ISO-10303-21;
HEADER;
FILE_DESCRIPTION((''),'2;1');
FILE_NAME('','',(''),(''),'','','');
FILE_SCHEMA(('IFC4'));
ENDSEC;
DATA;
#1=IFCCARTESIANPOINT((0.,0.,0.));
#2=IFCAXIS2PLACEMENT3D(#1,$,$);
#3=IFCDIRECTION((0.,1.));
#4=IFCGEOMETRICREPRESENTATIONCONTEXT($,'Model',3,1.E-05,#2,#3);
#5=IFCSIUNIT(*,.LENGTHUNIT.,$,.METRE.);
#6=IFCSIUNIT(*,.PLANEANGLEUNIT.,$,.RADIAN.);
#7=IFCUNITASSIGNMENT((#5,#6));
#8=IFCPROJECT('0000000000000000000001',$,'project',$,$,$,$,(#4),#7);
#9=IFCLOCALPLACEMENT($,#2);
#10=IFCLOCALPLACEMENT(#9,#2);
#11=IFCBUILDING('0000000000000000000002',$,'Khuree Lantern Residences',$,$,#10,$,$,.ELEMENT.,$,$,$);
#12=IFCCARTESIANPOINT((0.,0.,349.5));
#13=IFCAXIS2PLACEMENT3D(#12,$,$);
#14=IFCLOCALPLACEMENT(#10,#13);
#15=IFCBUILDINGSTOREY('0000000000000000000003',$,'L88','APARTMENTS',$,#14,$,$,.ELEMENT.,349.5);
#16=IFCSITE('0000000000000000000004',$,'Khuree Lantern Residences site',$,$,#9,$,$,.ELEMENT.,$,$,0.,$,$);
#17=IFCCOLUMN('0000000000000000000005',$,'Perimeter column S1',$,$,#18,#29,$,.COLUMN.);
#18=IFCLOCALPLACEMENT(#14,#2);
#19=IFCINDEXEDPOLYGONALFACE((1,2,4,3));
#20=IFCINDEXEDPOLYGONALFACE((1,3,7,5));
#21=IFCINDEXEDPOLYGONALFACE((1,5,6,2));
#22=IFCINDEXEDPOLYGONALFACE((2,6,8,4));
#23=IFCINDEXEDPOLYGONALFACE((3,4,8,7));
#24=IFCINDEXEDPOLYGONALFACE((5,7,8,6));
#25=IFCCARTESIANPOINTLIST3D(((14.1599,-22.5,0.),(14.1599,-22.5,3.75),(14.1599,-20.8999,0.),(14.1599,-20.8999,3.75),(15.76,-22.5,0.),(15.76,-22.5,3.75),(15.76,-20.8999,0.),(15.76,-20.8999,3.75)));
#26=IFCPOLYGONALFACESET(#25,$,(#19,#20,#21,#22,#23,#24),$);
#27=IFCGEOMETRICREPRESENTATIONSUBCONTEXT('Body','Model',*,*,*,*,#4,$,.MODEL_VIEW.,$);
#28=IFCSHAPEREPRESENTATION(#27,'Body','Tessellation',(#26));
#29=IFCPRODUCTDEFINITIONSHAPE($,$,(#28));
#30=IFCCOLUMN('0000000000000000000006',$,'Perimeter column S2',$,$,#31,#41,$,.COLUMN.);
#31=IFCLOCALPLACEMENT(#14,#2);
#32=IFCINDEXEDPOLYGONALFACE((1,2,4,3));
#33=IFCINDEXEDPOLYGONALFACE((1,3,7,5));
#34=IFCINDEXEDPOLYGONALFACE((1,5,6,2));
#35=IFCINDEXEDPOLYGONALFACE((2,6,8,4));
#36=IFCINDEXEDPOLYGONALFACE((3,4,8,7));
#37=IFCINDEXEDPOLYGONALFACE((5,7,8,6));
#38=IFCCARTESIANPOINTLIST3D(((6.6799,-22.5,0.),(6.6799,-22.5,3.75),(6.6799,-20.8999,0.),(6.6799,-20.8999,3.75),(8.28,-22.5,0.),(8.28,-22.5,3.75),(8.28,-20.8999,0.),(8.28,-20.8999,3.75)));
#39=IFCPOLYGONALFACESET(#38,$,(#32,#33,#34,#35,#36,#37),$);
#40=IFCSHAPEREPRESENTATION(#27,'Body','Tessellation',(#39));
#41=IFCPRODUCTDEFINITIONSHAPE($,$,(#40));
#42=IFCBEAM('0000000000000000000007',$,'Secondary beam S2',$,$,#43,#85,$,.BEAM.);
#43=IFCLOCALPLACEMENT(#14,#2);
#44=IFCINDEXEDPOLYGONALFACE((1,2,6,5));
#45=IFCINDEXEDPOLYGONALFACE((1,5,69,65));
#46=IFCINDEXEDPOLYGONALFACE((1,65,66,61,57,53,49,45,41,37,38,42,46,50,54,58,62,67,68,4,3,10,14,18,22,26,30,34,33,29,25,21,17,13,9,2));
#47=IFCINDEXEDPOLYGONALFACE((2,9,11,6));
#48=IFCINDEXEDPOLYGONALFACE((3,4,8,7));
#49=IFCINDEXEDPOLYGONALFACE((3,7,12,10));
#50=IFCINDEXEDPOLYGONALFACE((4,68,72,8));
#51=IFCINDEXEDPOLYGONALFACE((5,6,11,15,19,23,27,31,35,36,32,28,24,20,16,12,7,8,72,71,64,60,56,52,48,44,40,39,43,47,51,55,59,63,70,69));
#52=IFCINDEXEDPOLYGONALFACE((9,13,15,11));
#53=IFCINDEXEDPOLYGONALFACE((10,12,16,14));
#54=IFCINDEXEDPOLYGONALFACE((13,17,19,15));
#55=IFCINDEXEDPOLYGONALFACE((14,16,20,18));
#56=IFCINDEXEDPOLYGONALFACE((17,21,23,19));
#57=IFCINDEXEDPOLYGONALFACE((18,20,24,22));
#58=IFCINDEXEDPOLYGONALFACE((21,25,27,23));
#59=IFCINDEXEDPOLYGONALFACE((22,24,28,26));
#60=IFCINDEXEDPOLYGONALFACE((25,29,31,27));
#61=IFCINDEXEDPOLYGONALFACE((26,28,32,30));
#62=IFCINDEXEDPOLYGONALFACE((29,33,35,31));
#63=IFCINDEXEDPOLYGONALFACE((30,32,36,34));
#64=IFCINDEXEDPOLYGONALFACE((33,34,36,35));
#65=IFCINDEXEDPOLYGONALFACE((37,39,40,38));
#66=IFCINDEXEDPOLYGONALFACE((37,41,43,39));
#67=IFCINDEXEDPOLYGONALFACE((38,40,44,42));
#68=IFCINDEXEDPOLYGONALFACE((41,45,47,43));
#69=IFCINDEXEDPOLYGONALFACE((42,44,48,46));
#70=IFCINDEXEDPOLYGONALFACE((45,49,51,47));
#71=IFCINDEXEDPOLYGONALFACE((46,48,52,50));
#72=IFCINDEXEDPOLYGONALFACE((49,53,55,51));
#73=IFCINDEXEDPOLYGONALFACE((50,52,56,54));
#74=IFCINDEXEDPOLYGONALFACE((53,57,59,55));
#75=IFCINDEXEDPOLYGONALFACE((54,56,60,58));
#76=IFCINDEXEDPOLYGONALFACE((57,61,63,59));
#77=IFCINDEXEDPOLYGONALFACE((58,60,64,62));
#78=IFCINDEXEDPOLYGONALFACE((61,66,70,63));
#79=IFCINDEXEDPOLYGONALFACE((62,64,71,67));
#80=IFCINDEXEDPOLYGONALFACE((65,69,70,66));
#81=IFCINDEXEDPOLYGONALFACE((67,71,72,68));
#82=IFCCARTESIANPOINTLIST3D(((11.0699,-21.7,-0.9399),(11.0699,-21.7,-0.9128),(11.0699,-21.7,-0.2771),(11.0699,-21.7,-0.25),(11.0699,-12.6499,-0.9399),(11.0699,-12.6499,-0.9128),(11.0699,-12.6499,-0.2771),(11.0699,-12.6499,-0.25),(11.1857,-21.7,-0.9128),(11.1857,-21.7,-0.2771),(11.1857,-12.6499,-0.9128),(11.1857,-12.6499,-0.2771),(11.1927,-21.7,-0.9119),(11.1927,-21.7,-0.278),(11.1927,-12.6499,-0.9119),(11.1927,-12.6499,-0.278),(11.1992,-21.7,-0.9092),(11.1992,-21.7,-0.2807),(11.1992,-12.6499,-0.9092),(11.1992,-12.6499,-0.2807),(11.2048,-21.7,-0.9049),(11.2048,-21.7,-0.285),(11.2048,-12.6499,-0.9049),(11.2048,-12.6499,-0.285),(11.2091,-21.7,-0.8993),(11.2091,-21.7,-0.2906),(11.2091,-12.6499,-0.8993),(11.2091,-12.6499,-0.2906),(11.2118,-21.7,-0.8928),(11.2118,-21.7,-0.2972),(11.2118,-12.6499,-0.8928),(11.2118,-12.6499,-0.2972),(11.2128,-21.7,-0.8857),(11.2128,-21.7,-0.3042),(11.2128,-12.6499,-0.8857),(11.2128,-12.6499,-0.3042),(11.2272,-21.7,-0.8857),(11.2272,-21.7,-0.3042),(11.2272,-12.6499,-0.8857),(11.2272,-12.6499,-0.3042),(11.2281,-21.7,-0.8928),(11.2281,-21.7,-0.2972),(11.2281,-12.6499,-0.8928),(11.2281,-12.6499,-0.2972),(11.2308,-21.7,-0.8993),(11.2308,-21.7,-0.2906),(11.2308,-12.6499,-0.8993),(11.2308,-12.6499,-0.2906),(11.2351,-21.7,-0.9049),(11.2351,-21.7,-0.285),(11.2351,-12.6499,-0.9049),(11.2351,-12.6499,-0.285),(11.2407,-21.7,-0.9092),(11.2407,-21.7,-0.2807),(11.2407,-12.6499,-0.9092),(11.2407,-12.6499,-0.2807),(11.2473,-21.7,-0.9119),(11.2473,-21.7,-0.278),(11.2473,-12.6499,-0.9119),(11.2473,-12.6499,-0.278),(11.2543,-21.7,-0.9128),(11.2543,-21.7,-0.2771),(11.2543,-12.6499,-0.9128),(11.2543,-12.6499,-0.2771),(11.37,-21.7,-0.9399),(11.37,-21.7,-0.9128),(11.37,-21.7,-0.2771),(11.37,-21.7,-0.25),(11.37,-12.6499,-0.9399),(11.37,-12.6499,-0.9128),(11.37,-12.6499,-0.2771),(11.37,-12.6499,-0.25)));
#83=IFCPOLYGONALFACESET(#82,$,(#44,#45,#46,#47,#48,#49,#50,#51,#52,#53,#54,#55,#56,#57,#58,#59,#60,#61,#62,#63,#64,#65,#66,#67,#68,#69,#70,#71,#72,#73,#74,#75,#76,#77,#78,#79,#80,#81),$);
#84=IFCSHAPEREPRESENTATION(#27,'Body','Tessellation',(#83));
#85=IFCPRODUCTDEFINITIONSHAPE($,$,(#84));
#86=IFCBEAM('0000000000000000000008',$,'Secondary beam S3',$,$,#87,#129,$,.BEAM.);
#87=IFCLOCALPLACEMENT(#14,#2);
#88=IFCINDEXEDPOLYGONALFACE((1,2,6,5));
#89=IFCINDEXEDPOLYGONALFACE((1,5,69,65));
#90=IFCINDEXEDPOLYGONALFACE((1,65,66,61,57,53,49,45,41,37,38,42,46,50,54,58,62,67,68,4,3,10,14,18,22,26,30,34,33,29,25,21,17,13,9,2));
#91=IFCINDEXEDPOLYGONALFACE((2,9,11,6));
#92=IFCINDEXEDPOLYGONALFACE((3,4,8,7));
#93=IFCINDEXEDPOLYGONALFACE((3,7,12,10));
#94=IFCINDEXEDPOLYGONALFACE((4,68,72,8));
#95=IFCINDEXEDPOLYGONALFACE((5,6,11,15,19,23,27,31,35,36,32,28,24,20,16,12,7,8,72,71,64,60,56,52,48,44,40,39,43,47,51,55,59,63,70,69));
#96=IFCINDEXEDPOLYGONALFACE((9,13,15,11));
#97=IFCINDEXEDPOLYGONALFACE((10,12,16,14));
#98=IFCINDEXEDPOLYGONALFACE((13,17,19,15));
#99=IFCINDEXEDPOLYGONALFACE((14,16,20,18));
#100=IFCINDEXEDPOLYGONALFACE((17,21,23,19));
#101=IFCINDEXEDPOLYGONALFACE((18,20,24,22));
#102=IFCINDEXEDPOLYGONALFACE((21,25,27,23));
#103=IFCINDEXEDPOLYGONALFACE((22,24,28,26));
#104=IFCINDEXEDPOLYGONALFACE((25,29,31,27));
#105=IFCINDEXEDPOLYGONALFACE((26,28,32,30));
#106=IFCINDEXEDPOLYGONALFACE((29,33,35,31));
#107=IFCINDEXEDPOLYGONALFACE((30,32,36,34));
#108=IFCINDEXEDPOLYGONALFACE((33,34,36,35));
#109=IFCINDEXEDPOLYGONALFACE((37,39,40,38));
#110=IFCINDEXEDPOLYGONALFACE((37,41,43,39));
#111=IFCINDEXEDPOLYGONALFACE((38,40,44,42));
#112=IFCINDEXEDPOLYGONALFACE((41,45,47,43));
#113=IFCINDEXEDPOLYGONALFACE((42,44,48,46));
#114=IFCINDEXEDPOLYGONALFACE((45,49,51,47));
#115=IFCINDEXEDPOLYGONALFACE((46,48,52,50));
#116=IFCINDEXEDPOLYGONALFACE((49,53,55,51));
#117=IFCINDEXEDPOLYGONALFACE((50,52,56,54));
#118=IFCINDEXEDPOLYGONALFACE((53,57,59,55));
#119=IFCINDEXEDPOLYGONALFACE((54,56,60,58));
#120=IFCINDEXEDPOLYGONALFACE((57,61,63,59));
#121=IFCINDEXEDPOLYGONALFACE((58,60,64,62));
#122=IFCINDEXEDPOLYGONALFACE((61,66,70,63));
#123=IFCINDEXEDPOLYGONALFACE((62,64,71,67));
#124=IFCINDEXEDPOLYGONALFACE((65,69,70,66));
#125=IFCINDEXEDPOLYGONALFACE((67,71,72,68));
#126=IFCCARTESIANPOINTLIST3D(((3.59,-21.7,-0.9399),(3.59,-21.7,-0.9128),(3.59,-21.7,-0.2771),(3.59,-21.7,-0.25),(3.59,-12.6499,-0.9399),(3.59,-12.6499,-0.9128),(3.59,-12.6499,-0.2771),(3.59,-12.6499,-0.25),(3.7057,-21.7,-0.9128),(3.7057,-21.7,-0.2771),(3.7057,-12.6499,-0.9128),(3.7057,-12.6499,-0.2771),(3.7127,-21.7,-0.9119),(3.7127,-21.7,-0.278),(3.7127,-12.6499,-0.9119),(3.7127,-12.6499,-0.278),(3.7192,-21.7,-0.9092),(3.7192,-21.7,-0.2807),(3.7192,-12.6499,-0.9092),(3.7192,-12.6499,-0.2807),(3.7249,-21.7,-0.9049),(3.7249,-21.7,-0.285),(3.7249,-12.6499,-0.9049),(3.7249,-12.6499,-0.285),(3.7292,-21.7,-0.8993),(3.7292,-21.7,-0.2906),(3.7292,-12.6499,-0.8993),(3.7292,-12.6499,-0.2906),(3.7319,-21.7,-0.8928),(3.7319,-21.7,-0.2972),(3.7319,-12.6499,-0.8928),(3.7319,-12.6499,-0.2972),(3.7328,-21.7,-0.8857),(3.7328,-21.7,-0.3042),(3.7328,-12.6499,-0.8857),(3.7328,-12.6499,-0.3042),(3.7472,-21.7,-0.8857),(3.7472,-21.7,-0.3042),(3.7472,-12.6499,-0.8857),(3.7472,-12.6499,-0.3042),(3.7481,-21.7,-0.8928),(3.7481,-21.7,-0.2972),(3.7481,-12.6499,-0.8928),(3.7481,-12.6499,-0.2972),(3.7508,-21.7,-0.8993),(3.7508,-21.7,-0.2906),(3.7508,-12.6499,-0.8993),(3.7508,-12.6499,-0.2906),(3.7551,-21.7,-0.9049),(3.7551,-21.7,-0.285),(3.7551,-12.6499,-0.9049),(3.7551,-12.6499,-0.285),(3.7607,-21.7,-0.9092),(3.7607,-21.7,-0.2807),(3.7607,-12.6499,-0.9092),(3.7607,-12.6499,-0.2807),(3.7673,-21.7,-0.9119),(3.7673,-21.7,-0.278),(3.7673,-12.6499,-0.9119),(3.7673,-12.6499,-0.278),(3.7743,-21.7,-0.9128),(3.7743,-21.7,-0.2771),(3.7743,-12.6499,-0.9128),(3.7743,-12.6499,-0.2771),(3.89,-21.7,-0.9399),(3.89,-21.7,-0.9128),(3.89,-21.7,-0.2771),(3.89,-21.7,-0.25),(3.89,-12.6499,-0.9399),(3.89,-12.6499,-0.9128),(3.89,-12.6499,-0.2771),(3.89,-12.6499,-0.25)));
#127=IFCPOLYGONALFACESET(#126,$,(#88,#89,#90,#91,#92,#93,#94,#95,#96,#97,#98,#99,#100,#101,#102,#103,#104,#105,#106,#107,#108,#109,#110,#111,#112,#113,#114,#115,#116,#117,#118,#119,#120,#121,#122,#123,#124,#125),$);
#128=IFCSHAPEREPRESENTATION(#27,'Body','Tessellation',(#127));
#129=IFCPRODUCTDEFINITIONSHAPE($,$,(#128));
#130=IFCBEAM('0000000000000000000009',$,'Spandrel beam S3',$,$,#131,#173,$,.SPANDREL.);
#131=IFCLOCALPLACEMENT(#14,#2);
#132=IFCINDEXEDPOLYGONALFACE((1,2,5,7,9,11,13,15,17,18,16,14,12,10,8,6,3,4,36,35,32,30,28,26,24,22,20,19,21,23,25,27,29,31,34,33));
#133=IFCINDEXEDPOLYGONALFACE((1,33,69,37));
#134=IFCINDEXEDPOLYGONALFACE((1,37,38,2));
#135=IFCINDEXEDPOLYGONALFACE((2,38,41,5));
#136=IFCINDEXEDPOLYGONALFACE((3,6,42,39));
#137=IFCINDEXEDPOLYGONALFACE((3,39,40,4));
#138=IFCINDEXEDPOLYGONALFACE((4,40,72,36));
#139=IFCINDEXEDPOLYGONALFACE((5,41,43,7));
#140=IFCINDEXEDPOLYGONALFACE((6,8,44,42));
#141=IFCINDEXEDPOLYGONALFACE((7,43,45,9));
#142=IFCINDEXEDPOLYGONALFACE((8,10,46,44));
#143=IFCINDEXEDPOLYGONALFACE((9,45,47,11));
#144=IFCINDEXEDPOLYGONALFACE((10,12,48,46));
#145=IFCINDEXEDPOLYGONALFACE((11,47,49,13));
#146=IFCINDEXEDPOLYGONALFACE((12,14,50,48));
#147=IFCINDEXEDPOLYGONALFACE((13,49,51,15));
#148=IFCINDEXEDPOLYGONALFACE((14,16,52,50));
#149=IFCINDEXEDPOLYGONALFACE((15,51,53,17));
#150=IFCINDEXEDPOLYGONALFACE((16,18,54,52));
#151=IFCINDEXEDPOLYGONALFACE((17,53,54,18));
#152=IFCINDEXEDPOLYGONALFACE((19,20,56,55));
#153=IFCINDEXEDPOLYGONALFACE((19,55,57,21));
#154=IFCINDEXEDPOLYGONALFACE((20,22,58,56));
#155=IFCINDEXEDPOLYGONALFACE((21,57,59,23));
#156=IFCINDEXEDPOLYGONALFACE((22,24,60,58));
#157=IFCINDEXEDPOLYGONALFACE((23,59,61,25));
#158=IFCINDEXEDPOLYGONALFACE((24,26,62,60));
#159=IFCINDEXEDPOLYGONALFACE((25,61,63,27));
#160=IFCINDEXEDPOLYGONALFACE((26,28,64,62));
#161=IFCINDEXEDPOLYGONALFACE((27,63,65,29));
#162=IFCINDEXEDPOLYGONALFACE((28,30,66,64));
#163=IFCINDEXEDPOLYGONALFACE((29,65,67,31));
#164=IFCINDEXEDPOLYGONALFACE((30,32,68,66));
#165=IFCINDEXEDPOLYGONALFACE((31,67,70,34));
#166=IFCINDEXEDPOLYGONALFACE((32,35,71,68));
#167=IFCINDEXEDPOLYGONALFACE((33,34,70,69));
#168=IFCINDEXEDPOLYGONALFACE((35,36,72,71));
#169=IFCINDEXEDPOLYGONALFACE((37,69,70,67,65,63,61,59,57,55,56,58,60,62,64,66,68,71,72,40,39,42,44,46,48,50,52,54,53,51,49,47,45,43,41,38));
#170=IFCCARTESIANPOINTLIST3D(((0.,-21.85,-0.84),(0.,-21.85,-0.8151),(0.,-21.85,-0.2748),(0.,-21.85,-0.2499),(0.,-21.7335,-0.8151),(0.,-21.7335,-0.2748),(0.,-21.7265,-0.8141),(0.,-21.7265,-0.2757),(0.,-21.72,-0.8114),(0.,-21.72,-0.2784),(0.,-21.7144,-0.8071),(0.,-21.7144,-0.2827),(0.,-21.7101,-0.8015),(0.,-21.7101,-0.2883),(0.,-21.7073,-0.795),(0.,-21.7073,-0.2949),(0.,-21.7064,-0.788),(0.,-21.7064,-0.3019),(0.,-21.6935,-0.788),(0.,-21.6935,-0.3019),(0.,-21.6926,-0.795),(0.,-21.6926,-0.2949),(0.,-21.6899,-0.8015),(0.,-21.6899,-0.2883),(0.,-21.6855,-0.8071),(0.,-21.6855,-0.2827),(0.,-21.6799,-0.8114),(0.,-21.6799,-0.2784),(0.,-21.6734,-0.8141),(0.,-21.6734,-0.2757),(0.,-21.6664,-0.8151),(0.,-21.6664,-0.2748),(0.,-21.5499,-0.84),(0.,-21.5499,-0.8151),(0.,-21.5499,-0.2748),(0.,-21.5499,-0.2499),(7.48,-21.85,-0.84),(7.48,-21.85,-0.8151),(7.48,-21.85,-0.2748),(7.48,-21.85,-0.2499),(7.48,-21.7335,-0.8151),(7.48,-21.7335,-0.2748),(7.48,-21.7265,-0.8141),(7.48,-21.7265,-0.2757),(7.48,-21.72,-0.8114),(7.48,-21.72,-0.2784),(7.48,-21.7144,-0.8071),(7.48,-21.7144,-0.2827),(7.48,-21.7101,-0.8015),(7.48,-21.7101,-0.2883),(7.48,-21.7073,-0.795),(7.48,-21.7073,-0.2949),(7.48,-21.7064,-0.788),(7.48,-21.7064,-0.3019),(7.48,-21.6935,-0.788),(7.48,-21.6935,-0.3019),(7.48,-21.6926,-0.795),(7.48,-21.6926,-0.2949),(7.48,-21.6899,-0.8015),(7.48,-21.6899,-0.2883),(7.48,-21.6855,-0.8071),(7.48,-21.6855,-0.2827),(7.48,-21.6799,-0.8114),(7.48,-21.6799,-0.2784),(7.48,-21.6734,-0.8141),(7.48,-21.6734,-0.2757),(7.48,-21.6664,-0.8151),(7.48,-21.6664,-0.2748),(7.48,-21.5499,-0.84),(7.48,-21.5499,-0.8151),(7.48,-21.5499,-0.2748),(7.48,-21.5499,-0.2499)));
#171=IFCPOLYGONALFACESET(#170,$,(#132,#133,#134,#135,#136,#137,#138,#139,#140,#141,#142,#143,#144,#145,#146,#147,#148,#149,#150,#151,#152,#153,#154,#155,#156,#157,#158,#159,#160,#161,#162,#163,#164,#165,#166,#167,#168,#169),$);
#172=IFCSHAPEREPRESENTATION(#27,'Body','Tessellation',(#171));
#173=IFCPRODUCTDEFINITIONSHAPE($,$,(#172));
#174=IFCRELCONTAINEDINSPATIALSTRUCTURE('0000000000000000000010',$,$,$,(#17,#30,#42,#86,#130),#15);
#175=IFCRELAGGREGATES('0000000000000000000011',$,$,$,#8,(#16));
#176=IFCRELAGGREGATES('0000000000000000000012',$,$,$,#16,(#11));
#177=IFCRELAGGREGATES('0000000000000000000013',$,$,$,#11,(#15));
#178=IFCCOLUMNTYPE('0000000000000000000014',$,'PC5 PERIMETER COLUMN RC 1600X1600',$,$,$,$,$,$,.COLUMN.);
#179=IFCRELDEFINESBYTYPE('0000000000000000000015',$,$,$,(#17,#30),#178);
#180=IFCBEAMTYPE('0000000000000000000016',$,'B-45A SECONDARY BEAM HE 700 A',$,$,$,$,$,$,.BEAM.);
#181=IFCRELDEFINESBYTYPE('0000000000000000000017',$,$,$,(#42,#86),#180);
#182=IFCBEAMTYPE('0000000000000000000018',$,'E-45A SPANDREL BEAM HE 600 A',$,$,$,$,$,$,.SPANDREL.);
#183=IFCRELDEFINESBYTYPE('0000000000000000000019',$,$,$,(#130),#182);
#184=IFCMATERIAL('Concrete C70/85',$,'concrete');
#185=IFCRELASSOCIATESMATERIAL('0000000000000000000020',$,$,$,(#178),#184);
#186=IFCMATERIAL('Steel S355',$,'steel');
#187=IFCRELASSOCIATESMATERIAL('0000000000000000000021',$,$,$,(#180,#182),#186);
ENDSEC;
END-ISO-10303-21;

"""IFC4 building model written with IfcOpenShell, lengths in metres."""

from ifc_helpers import new_model, si_unit, direction, frame, origin, origin_2d, place, context, subcontext, project, spatial, rectangle, i_section, extrude, material, material_profile, profile_set, type_object, element, save


model = new_model("IFC4")

# Units and contexts
model_context = context("Model", 3, precision=1e-05, world=origin(), true_north=direction((0.0, 1.0)))
body_context = subcontext(model_context, "Body", "Model", "MODEL_VIEW")
ifc_project = project(units=[si_unit("LENGTHUNIT", "METRE"), si_unit("PLANEANGLEUNIT", "RADIAN")], contexts=[model_context])

# Site, building, storey
site_placement = place(None, origin())
site = spatial("IfcSite", under=ifc_project, at=site_placement, Name="Khuree Lantern Residences site", CompositionType="ELEMENT", RefElevation=0.0)
building_placement = place(site_placement, origin())
building = spatial("IfcBuilding", under=site, at=building_placement, Name="Khuree Lantern Residences", CompositionType="ELEMENT")
storey_placement = place(building_placement, frame((0.0, 0.0, 349.5)))
storey = spatial("IfcBuildingStorey", under=building, at=storey_placement, Name="L88", Description="APARTMENTS", CompositionType="ELEMENT", Elevation=349.5)

# Columns
ifc_material_1 = material(Name="Concrete C70/85", Category="concrete")
ifc_material_profile_1 = material_profile(ifc_material_1, rectangle(XDim=1.6001, YDim=1.6001, at=origin_2d()), Name="RC 1600X1600")
ifc_profile_set_1 = profile_set([ifc_material_profile_1], Name="Concrete C70/85")
column_type = type_object("IfcColumnType", Name="PC5 PERIMETER COLUMN RC 1600X1600", PredefinedType="COLUMN", material=ifc_profile_set_1)
for number, where, z_axis, x_axis, name in (
    (1, (14.96, -21.7, 0.0), (0.0, 0.0, 1.0), (1.0, 0.0, 0.0), "Perimeter column S1"),
    (2, (7.48, -21.7, 0.0), (0.0, 0.0, 1.0), (1.0, 0.0, 0.0), "Perimeter column S2"),
):
    element("IfcColumn", number, at=place(storey_placement, frame(where, z_axis=z_axis, x_axis=x_axis)), inside=storey, type_object=column_type, Name=name, PredefinedType="COLUMN", context=body_context, shape_type="SweptSolid", body=[
        extrude(rectangle(XDim=1.6001, YDim=1.6001, at=origin_2d()), origin(), (0.0, 0.0, 1.0), 3.75),
    ])

# Beams
ifc_material_2 = material(Name="Steel S355", Category="steel")
ifc_material_profile_2 = material_profile(ifc_material_2, i_section(OverallWidth=0.3, OverallDepth=0.6899, WebThickness=0.0144, FlangeThickness=0.0271, FilletRadius=0.0271, at=origin_2d()), Name="HE 700 A")
ifc_profile_set_2 = profile_set([ifc_material_profile_2], Name="Steel S355")
beam_type_1 = type_object("IfcBeamType", Name="B-45A SECONDARY BEAM HE 700 A", PredefinedType="BEAM", material=ifc_profile_set_2)
for number, where, z_axis, x_axis, name in (
    (3, (11.22, -21.7, -0.595), (0.0, 1.0, 0.0), (-1.0, 0.0, 0.0), "Secondary beam S2"),
    (4, (3.74, -21.7, -0.595), (0.0, 1.0, 0.0), (-1.0, 0.0, 0.0), "Secondary beam S3"),
):
    element("IfcBeam", number, at=place(storey_placement, frame(where, z_axis=z_axis, x_axis=x_axis)), inside=storey, type_object=beam_type_1, Name=name, PredefinedType="BEAM", context=body_context, shape_type="SweptSolid", body=[
        extrude(i_section(OverallWidth=0.3, OverallDepth=0.6899, WebThickness=0.0144, FlangeThickness=0.0271, FilletRadius=0.0271, at=origin_2d()), origin(), (0.0, 0.0, 1.0), 9.05),
    ])
ifc_material_profile_3 = material_profile(ifc_material_2, i_section(OverallWidth=0.3, OverallDepth=0.5901, WebThickness=0.0129, FlangeThickness=0.0249, FilletRadius=0.0271, at=origin_2d()), Name="HE 600 A")
ifc_profile_set_3 = profile_set([ifc_material_profile_3], Name="Steel S355")
beam_type_2 = type_object("IfcBeamType", Name="E-45A SPANDREL BEAM HE 600 A", PredefinedType="SPANDREL", material=ifc_profile_set_3)
for number, where, z_axis, x_axis, name in (
    (5, (7.48, -21.7, -0.5449), (-1.0, 0.0, 0.0), (0.0, -1.0, 0.0), "Spandrel beam S3"),
):
    element("IfcBeam", number, at=place(storey_placement, frame(where, z_axis=z_axis, x_axis=x_axis)), inside=storey, type_object=beam_type_2, Name=name, PredefinedType="SPANDREL", context=body_context, shape_type="SweptSolid", body=[
        extrude(i_section(OverallWidth=0.3, OverallDepth=0.5901, WebThickness=0.0129, FlangeThickness=0.0249, FilletRadius=0.0271, at=origin_2d()), origin(), (0.0, 0.0, 1.0), 7.48),
    ])

save(model, "model.ifc")
